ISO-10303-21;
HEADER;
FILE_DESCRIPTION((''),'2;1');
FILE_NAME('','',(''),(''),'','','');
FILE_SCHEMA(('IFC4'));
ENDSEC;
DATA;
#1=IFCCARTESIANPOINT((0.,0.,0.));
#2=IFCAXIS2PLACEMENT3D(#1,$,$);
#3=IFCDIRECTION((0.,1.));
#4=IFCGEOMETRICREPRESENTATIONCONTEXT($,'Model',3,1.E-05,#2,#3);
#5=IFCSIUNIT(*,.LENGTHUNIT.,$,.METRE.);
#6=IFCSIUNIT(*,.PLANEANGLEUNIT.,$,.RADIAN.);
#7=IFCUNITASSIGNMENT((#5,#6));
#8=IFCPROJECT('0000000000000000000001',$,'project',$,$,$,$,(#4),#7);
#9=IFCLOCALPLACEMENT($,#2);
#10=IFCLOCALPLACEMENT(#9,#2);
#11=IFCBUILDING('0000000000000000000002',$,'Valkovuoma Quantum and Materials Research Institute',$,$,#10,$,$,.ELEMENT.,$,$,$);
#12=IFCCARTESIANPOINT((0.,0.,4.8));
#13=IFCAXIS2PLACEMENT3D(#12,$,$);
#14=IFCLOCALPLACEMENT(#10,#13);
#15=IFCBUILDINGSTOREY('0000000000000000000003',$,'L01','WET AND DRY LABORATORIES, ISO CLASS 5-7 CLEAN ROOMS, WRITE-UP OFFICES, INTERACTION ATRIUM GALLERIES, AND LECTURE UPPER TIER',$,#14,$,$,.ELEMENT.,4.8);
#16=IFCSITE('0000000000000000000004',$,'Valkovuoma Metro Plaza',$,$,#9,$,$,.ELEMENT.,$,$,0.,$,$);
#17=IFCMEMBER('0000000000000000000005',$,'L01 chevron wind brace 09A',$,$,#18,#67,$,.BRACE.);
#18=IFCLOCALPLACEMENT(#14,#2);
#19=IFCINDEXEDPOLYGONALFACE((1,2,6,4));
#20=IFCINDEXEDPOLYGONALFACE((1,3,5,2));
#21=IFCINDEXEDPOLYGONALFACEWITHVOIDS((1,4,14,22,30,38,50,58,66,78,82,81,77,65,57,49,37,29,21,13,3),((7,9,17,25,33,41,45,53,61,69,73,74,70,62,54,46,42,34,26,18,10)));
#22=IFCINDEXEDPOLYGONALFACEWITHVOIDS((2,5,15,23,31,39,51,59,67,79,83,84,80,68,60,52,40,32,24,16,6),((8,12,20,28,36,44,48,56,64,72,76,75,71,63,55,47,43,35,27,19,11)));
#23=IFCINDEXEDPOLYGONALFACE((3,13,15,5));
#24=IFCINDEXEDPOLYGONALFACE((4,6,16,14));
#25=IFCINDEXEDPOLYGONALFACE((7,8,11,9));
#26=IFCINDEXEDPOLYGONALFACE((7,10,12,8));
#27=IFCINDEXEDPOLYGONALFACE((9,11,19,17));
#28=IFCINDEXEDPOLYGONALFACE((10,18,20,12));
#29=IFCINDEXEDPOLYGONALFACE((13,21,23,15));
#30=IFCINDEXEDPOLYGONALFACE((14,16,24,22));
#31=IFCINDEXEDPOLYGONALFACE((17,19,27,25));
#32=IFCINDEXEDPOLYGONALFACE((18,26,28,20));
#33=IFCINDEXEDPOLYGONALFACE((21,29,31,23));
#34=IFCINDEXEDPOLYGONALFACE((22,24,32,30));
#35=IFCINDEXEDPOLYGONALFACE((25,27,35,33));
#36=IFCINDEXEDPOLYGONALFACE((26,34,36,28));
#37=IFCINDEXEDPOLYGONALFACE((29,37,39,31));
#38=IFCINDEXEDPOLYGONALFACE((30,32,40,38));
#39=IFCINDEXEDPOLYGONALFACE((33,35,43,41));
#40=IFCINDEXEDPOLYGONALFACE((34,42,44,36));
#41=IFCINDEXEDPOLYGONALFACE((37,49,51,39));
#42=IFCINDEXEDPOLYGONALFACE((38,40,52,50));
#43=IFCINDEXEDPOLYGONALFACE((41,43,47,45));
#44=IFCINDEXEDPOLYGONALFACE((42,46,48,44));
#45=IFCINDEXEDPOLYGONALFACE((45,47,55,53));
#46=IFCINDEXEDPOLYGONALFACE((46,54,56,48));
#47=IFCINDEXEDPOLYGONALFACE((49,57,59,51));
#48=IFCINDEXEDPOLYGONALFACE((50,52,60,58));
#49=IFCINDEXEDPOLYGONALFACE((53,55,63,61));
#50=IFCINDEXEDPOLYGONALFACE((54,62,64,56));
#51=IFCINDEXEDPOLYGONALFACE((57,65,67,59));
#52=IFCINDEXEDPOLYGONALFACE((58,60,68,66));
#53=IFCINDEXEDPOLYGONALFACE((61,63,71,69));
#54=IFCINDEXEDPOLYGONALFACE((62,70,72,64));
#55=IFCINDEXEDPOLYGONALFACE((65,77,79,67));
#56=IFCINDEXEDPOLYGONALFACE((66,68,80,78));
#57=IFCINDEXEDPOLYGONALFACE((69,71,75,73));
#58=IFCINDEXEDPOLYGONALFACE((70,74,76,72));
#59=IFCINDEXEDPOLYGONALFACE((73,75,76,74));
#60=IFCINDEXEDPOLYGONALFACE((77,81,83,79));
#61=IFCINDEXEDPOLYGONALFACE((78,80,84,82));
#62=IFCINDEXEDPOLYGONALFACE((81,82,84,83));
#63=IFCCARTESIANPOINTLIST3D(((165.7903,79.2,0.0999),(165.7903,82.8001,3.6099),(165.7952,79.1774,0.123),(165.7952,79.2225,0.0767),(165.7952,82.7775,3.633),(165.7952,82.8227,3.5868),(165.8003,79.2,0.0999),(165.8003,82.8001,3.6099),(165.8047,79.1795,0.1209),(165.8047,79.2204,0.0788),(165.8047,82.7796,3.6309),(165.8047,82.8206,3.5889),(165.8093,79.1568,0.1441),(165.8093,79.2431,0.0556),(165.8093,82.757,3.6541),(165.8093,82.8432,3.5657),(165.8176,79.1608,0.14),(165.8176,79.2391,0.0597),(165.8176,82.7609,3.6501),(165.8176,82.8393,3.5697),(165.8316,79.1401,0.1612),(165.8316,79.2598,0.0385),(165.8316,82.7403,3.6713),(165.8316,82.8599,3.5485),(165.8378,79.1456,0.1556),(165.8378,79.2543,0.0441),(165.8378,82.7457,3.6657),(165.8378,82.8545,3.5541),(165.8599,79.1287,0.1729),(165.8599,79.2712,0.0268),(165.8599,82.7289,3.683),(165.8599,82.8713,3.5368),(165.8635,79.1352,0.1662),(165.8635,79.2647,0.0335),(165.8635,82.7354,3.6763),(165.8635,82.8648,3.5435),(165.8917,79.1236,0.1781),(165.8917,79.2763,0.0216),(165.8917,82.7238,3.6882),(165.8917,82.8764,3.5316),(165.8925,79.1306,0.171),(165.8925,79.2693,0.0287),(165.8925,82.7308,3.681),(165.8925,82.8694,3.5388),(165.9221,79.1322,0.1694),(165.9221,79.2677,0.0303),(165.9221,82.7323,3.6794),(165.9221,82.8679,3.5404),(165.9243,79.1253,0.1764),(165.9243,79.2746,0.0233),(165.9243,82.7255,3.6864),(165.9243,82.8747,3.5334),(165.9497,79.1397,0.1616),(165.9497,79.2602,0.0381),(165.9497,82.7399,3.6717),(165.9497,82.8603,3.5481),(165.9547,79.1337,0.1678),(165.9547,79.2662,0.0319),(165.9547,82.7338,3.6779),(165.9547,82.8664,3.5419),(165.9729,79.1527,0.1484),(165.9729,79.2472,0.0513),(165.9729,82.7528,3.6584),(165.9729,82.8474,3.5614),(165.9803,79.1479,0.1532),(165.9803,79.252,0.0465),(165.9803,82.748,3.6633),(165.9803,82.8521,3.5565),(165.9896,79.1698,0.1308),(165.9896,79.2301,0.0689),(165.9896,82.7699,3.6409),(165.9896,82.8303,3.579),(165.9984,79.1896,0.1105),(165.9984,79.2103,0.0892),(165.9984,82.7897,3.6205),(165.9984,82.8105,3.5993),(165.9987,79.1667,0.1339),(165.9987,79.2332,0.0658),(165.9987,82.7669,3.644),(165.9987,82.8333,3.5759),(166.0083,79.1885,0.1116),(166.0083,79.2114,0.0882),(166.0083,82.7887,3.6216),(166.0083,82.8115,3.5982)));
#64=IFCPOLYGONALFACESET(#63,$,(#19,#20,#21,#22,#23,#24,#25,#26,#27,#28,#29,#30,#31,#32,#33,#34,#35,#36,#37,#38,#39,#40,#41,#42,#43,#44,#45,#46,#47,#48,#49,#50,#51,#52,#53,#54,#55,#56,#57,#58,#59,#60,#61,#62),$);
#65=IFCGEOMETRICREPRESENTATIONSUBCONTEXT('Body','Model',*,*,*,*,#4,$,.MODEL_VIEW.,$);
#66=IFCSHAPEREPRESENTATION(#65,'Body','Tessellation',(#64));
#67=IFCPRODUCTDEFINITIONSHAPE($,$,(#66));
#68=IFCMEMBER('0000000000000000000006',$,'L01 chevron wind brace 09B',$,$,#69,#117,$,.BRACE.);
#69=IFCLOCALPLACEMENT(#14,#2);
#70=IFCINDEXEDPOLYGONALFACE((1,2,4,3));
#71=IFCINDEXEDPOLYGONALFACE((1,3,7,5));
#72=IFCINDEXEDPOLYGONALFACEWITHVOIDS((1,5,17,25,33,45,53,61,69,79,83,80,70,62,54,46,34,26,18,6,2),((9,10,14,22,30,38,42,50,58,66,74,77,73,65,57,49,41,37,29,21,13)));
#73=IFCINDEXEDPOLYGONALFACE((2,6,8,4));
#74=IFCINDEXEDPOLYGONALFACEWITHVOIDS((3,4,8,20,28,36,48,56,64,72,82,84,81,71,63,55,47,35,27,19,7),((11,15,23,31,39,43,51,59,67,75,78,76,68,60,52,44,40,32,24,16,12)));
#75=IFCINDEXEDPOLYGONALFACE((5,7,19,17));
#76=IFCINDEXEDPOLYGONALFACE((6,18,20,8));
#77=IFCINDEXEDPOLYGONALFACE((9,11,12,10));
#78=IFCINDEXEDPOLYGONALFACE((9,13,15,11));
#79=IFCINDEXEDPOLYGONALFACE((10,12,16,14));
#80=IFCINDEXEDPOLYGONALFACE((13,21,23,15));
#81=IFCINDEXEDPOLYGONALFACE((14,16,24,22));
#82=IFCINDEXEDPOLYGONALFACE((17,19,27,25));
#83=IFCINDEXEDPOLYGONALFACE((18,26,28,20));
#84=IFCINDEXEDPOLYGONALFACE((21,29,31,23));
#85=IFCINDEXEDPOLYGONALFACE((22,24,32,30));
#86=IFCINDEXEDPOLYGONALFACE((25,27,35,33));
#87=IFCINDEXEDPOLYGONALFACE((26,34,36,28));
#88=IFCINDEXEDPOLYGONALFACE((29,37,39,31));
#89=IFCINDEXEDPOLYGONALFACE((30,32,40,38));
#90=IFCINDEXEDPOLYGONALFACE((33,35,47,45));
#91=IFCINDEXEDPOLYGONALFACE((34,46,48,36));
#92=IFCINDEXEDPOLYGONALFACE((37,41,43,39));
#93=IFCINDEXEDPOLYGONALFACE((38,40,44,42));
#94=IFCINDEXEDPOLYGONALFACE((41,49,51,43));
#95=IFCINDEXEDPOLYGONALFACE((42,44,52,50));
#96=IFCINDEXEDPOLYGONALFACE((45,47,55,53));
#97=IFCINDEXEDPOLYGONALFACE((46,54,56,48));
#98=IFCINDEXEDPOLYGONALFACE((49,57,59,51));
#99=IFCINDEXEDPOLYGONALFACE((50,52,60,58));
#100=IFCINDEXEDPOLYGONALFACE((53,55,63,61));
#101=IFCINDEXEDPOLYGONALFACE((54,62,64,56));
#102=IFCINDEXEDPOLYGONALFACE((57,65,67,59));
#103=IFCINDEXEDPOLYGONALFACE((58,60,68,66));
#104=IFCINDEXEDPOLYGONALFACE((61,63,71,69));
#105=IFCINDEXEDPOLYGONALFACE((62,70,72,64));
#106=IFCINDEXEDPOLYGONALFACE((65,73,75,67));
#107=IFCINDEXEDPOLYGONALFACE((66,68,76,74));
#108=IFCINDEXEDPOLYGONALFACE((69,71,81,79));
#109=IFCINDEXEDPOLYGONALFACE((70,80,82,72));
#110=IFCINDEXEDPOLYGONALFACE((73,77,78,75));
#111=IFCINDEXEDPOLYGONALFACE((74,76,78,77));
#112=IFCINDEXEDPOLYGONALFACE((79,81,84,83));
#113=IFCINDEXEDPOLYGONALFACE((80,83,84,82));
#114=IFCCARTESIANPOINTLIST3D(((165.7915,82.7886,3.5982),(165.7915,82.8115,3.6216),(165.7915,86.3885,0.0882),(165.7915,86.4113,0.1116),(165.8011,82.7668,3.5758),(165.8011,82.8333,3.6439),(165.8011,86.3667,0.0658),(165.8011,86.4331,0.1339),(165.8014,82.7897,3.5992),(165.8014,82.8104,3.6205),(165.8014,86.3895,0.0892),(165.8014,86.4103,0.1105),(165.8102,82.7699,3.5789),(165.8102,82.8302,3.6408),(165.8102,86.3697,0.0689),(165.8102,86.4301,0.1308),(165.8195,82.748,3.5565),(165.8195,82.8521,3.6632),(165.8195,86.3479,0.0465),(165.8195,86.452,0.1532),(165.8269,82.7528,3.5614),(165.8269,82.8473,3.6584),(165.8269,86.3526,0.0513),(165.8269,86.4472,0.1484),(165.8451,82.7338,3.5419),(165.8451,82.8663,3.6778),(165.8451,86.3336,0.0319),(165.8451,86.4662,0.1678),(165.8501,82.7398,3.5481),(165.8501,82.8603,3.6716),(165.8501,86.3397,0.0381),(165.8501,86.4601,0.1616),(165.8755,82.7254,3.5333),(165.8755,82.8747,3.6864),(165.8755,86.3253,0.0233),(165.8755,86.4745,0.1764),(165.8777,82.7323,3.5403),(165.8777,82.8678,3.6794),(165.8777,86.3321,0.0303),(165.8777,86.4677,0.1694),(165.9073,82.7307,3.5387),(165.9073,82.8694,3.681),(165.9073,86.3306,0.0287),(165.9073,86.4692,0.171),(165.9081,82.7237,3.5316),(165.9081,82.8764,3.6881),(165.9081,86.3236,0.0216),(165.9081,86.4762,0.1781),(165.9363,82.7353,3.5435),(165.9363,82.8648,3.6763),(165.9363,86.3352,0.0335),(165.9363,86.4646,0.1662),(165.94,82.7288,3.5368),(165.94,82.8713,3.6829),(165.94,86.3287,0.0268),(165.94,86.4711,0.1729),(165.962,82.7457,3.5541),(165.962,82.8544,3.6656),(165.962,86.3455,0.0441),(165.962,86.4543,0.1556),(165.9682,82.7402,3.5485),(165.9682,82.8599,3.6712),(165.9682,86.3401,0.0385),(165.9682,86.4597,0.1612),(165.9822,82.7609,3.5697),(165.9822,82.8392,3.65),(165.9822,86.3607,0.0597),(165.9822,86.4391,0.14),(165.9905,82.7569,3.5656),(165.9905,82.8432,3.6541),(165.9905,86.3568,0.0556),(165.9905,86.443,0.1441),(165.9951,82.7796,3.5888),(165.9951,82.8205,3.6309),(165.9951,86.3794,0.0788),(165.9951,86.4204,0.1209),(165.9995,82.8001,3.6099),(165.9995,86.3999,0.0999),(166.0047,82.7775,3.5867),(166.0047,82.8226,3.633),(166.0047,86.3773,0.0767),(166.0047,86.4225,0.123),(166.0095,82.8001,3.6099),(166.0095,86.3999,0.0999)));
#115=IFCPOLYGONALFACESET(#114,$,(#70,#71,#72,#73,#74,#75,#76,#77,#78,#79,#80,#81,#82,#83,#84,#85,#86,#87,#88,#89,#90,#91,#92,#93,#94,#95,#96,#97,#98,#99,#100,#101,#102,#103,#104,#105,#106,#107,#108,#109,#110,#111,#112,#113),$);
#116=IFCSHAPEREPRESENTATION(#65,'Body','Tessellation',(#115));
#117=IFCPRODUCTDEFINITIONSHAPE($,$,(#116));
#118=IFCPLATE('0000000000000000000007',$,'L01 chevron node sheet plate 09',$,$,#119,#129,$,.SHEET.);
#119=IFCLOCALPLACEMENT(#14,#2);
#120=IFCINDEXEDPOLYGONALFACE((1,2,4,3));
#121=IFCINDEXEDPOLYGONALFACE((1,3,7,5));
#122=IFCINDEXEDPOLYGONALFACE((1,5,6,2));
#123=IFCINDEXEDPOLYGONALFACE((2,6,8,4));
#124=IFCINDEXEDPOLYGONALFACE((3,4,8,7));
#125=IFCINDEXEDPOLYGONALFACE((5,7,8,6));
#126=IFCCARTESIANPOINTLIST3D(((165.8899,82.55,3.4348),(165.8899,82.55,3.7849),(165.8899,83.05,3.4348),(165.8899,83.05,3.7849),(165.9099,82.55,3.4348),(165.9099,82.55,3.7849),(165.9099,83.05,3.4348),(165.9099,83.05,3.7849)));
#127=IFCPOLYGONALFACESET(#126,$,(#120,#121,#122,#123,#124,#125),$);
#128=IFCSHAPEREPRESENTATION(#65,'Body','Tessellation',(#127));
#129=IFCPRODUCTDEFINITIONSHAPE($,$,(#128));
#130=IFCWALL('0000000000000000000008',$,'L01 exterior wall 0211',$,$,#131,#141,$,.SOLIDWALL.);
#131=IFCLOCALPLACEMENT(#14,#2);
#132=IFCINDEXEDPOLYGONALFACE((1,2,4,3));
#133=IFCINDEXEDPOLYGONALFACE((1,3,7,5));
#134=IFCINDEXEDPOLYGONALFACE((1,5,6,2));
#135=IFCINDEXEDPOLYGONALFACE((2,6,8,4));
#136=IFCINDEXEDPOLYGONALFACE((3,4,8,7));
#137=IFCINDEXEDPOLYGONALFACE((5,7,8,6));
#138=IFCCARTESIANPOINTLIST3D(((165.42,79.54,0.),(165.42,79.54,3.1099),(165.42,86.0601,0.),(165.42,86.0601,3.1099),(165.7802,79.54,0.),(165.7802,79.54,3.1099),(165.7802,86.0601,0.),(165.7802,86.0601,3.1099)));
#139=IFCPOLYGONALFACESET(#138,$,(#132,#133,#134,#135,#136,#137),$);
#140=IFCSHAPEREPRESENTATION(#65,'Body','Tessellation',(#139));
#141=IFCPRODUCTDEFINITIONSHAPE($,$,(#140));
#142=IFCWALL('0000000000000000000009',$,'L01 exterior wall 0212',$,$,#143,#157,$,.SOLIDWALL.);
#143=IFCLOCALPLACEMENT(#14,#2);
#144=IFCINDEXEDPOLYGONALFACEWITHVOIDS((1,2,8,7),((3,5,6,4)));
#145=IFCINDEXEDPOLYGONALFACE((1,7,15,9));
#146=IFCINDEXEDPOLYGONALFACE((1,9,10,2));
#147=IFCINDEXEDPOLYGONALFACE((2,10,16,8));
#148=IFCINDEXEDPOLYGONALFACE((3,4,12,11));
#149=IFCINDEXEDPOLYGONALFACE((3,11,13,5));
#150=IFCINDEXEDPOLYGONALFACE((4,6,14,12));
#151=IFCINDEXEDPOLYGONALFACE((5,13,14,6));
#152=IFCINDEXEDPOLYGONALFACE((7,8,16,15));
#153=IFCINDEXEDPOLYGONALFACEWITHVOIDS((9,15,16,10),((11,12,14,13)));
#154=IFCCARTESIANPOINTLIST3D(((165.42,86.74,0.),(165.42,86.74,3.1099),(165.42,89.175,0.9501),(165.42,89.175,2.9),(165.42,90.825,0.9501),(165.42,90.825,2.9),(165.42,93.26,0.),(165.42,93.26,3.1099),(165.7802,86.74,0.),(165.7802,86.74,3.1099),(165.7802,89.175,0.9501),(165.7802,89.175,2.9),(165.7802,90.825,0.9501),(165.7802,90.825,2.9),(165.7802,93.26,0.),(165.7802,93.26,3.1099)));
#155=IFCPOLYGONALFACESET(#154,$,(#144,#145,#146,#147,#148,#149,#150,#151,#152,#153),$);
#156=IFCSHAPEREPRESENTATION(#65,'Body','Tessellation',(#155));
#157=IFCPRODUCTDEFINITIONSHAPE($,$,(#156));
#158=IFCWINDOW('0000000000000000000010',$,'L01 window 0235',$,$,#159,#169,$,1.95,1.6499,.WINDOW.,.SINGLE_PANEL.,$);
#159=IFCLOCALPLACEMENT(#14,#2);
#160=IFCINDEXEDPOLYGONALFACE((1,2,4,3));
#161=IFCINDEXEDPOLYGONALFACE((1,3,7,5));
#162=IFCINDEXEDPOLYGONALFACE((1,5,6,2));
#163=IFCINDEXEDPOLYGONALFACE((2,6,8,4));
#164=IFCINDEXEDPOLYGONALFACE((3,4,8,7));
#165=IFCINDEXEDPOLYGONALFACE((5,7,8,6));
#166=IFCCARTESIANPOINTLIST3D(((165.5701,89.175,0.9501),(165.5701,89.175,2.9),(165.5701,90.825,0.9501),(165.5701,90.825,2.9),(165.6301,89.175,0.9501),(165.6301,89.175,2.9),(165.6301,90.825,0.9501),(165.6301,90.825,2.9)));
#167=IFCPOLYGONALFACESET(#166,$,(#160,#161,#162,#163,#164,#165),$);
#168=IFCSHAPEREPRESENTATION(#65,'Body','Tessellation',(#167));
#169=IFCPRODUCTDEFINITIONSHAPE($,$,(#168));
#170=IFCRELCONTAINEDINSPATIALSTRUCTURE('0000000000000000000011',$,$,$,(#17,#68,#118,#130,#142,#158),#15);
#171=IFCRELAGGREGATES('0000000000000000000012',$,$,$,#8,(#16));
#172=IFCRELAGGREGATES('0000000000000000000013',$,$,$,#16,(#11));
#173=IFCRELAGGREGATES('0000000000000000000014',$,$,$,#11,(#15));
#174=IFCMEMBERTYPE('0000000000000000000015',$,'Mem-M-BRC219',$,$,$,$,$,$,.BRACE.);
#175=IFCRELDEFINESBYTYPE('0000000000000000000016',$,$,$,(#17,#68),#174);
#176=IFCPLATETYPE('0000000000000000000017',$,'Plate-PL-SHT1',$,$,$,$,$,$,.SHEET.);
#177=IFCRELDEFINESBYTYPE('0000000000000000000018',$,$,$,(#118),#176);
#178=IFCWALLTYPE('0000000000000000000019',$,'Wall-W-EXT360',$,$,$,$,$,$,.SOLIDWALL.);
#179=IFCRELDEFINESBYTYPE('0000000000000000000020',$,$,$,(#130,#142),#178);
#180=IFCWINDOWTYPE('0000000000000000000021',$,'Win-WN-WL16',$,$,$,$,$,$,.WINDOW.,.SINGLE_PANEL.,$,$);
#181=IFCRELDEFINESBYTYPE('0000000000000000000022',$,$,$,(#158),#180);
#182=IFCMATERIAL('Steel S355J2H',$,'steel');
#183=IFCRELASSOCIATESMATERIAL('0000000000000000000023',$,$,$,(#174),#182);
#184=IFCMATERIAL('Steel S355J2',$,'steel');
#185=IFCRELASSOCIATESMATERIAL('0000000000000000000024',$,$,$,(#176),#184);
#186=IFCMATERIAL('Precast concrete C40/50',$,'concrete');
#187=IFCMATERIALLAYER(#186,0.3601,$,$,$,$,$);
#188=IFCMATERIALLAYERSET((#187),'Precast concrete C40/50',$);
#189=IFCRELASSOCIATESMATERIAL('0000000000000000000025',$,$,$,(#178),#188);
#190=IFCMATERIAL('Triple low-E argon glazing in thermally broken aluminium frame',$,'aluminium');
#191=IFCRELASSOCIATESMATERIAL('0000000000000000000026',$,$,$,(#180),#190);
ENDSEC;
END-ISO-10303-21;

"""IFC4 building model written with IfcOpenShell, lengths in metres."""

from ifc_helpers import new_model, si_unit, direction, frame, frame_2d, origin, origin_2d, place, context, subcontext, project, spatial, rectangle, hollow_circle, extrude, material, layer, layer_set, material_profile, profile_set, type_object, element, fill, save


model = new_model("IFC4")

# Units and contexts
model_context = context("Model", 3, precision=1e-05, world=origin(), true_north=direction((0.0, 1.0)))
body_context = subcontext(model_context, "Body", "Model", "MODEL_VIEW")
ifc_project = project(units=[si_unit("LENGTHUNIT", "METRE"), si_unit("PLANEANGLEUNIT", "RADIAN")], contexts=[model_context])

# Site, building, storey
site_placement = place(None, origin())
site = spatial("IfcSite", under=ifc_project, at=site_placement, Name="Valkovuoma Metro Plaza", CompositionType="ELEMENT", RefElevation=0.0)
building_placement = place(site_placement, origin())
building = spatial("IfcBuilding", under=site, at=building_placement, Name="Valkovuoma Quantum and Materials Research Institute", CompositionType="ELEMENT")
storey_placement = place(building_placement, frame((0.0, 0.0, 4.8)))
storey = spatial("IfcBuildingStorey", under=building, at=storey_placement, Name="L01", Description="WET AND DRY LABORATORIES, ISO CLASS 5-7 CLEAN ROOMS, WRITE-UP OFFICES, INTERACTION ATRIUM GALLERIES, AND LECTURE UPPER TIER", CompositionType="ELEMENT", Elevation=4.8)

# Members
ifc_material_1 = material(Name="Steel S355J2H", Category="steel")
ifc_material_profile_1 = material_profile(ifc_material_1, hollow_circle(Radius=0.1096, WallThickness=0.01, at=origin_2d()), Name="Steel S355J2H")
ifc_profile_set_1 = profile_set([ifc_material_profile_1], Name="Steel S355J2H")
member_type = type_object("IfcMemberType", Name="Mem-M-BRC219", PredefinedType="BRACE", material=ifc_profile_set_1)
member_1_placement = place(storey_placement, frame((165.8999, 79.2, 0.0999), z_axis=(0.0, 0.716009, 0.698091), x_axis=(-1.0, 0.0, 0.0)))
element("IfcMember", 1, at=member_1_placement, inside=storey, type_object=member_type, Name="L01 chevron wind brace 09A", PredefinedType="BRACE", context=body_context, shape_type="SweptSolid", body=[
    extrude(hollow_circle(Radius=0.1096, WallThickness=0.01, at=origin_2d()), origin(), (0.0, 0.0, 1.0), 5.0281),
])
member_2_placement = place(storey_placement, frame((165.8999, 86.3999, 0.0999), z_axis=(0.0, -0.715985, 0.698116), x_axis=(1.0, 0.0, 0.0)))
element("IfcMember", 2, at=member_2_placement, inside=storey, type_object=member_type, Name="L01 chevron wind brace 09B", PredefinedType="BRACE", context=body_context, shape_type="SweptSolid", body=[
    extrude(hollow_circle(Radius=0.1096, WallThickness=0.01, at=origin_2d()), origin(), (0.0, 0.0, 1.0), 5.0278),
])

# Plate
ifc_material_2 = material(Name="Steel S355J2", Category="steel")
plate_type = type_object("IfcPlateType", Name="Plate-PL-SHT1", PredefinedType="SHEET", material=ifc_material_2)
plate_placement = place(storey_placement, frame((165.8999, 82.8, 3.4348), z_axis=(0.0, 0.0, 1.0), x_axis=(0.0, 1.0, 0.0)))
element("IfcPlate", 3, at=plate_placement, inside=storey, type_object=plate_type, Name="L01 chevron node sheet plate 09", PredefinedType="SHEET", context=body_context, shape_type="SweptSolid", body=[
    extrude(rectangle(XDim=0.5, YDim=0.02, at=origin_2d()), origin(), (0.0, 0.0, 1.0), 0.3501),
])

# Wall
ifc_material_3 = material(Name="Precast concrete C40/50", Category="concrete")
ifc_layer_1 = layer(ifc_material_3, 0.3601)
ifc_layer_set_1 = layer_set([ifc_layer_1], Name="Precast concrete C40/50")
wall_type_1 = type_object("IfcWallType", Name="Wall-W-EXT360", PredefinedType="SOLIDWALL", material=ifc_layer_set_1)
wall_1_placement = place(storey_placement, frame((165.6001, 79.54, 0.0), z_axis=(0.0, 0.0, 1.0), x_axis=(0.0, 1.0, 0.0)))
element("IfcWall", 4, at=wall_1_placement, inside=storey, type_object=wall_type_1, Name="L01 exterior wall 0211", PredefinedType="SOLIDWALL", context=body_context, shape_type="SweptSolid", body=[
    extrude(rectangle(XDim=6.52, YDim=0.3601, at=frame_2d((3.26, 0.0))), origin(), (0.0, 0.0, 1.0), 3.1099),
])

# Wall, opening, window
wall_2_placement = place(storey_placement, frame((165.6001, 86.74, 0.0), z_axis=(0.0, 0.0, 1.0), x_axis=(0.0, 1.0, 0.0)))
wall_2 = element("IfcWall", 5, at=wall_2_placement, inside=storey, type_object=wall_type_1, Name="L01 exterior wall 0212", PredefinedType="SOLIDWALL", context=body_context, shape_type="SweptSolid", body=[
    extrude(rectangle(XDim=6.52, YDim=0.3601, at=frame_2d((3.26, 0.0))), origin(), (0.0, 0.0, 1.0), 3.1099),
])
opening_1_placement = place(wall_2_placement, frame((2.4351, 0.0, 0.95)))
opening_1 = element("IfcOpeningElement", 6, at=opening_1_placement, cuts=wall_2, PredefinedType="OPENING", context=body_context, shape_type="SweptSolid", body=[
    extrude(rectangle(XDim=1.6499, YDim=1.95, at=frame_2d((0.825, 0.9751))), frame((0.0, 0.1899, 0.0), z_axis=(0.0, -1.0, 0.0), x_axis=(1.0, 0.0, 0.0)), (0.0, 0.0, 1.0), 0.3801),
])
ifc_material_4 = material(Name="Triple low-E argon glazing in thermally broken aluminium frame", Category="aluminium")
window_type = type_object("IfcWindowType", Name="Win-WN-WL16", PartitioningType="SINGLE_PANEL", PredefinedType="WINDOW", material=ifc_material_4)
window_placement = place(opening_1_placement, origin())
window = element("IfcWindow", 7, at=window_placement, inside=storey, type_object=window_type, Name="L01 window 0235", OverallHeight=1.95, OverallWidth=1.6499, PartitioningType="SINGLE_PANEL", PredefinedType="WINDOW", context=body_context, shape_type="SweptSolid", body=[
    extrude(rectangle(XDim=1.6499, YDim=1.95, at=frame_2d((0.825, 0.9751))), frame((0.0, 0.03, 0.0), z_axis=(0.0, -1.0, 0.0), x_axis=(1.0, 0.0, 0.0)), (0.0, 0.0, 1.0), 0.0601),
])
fill(opening_1, window)

save(model, "model.ifc")
